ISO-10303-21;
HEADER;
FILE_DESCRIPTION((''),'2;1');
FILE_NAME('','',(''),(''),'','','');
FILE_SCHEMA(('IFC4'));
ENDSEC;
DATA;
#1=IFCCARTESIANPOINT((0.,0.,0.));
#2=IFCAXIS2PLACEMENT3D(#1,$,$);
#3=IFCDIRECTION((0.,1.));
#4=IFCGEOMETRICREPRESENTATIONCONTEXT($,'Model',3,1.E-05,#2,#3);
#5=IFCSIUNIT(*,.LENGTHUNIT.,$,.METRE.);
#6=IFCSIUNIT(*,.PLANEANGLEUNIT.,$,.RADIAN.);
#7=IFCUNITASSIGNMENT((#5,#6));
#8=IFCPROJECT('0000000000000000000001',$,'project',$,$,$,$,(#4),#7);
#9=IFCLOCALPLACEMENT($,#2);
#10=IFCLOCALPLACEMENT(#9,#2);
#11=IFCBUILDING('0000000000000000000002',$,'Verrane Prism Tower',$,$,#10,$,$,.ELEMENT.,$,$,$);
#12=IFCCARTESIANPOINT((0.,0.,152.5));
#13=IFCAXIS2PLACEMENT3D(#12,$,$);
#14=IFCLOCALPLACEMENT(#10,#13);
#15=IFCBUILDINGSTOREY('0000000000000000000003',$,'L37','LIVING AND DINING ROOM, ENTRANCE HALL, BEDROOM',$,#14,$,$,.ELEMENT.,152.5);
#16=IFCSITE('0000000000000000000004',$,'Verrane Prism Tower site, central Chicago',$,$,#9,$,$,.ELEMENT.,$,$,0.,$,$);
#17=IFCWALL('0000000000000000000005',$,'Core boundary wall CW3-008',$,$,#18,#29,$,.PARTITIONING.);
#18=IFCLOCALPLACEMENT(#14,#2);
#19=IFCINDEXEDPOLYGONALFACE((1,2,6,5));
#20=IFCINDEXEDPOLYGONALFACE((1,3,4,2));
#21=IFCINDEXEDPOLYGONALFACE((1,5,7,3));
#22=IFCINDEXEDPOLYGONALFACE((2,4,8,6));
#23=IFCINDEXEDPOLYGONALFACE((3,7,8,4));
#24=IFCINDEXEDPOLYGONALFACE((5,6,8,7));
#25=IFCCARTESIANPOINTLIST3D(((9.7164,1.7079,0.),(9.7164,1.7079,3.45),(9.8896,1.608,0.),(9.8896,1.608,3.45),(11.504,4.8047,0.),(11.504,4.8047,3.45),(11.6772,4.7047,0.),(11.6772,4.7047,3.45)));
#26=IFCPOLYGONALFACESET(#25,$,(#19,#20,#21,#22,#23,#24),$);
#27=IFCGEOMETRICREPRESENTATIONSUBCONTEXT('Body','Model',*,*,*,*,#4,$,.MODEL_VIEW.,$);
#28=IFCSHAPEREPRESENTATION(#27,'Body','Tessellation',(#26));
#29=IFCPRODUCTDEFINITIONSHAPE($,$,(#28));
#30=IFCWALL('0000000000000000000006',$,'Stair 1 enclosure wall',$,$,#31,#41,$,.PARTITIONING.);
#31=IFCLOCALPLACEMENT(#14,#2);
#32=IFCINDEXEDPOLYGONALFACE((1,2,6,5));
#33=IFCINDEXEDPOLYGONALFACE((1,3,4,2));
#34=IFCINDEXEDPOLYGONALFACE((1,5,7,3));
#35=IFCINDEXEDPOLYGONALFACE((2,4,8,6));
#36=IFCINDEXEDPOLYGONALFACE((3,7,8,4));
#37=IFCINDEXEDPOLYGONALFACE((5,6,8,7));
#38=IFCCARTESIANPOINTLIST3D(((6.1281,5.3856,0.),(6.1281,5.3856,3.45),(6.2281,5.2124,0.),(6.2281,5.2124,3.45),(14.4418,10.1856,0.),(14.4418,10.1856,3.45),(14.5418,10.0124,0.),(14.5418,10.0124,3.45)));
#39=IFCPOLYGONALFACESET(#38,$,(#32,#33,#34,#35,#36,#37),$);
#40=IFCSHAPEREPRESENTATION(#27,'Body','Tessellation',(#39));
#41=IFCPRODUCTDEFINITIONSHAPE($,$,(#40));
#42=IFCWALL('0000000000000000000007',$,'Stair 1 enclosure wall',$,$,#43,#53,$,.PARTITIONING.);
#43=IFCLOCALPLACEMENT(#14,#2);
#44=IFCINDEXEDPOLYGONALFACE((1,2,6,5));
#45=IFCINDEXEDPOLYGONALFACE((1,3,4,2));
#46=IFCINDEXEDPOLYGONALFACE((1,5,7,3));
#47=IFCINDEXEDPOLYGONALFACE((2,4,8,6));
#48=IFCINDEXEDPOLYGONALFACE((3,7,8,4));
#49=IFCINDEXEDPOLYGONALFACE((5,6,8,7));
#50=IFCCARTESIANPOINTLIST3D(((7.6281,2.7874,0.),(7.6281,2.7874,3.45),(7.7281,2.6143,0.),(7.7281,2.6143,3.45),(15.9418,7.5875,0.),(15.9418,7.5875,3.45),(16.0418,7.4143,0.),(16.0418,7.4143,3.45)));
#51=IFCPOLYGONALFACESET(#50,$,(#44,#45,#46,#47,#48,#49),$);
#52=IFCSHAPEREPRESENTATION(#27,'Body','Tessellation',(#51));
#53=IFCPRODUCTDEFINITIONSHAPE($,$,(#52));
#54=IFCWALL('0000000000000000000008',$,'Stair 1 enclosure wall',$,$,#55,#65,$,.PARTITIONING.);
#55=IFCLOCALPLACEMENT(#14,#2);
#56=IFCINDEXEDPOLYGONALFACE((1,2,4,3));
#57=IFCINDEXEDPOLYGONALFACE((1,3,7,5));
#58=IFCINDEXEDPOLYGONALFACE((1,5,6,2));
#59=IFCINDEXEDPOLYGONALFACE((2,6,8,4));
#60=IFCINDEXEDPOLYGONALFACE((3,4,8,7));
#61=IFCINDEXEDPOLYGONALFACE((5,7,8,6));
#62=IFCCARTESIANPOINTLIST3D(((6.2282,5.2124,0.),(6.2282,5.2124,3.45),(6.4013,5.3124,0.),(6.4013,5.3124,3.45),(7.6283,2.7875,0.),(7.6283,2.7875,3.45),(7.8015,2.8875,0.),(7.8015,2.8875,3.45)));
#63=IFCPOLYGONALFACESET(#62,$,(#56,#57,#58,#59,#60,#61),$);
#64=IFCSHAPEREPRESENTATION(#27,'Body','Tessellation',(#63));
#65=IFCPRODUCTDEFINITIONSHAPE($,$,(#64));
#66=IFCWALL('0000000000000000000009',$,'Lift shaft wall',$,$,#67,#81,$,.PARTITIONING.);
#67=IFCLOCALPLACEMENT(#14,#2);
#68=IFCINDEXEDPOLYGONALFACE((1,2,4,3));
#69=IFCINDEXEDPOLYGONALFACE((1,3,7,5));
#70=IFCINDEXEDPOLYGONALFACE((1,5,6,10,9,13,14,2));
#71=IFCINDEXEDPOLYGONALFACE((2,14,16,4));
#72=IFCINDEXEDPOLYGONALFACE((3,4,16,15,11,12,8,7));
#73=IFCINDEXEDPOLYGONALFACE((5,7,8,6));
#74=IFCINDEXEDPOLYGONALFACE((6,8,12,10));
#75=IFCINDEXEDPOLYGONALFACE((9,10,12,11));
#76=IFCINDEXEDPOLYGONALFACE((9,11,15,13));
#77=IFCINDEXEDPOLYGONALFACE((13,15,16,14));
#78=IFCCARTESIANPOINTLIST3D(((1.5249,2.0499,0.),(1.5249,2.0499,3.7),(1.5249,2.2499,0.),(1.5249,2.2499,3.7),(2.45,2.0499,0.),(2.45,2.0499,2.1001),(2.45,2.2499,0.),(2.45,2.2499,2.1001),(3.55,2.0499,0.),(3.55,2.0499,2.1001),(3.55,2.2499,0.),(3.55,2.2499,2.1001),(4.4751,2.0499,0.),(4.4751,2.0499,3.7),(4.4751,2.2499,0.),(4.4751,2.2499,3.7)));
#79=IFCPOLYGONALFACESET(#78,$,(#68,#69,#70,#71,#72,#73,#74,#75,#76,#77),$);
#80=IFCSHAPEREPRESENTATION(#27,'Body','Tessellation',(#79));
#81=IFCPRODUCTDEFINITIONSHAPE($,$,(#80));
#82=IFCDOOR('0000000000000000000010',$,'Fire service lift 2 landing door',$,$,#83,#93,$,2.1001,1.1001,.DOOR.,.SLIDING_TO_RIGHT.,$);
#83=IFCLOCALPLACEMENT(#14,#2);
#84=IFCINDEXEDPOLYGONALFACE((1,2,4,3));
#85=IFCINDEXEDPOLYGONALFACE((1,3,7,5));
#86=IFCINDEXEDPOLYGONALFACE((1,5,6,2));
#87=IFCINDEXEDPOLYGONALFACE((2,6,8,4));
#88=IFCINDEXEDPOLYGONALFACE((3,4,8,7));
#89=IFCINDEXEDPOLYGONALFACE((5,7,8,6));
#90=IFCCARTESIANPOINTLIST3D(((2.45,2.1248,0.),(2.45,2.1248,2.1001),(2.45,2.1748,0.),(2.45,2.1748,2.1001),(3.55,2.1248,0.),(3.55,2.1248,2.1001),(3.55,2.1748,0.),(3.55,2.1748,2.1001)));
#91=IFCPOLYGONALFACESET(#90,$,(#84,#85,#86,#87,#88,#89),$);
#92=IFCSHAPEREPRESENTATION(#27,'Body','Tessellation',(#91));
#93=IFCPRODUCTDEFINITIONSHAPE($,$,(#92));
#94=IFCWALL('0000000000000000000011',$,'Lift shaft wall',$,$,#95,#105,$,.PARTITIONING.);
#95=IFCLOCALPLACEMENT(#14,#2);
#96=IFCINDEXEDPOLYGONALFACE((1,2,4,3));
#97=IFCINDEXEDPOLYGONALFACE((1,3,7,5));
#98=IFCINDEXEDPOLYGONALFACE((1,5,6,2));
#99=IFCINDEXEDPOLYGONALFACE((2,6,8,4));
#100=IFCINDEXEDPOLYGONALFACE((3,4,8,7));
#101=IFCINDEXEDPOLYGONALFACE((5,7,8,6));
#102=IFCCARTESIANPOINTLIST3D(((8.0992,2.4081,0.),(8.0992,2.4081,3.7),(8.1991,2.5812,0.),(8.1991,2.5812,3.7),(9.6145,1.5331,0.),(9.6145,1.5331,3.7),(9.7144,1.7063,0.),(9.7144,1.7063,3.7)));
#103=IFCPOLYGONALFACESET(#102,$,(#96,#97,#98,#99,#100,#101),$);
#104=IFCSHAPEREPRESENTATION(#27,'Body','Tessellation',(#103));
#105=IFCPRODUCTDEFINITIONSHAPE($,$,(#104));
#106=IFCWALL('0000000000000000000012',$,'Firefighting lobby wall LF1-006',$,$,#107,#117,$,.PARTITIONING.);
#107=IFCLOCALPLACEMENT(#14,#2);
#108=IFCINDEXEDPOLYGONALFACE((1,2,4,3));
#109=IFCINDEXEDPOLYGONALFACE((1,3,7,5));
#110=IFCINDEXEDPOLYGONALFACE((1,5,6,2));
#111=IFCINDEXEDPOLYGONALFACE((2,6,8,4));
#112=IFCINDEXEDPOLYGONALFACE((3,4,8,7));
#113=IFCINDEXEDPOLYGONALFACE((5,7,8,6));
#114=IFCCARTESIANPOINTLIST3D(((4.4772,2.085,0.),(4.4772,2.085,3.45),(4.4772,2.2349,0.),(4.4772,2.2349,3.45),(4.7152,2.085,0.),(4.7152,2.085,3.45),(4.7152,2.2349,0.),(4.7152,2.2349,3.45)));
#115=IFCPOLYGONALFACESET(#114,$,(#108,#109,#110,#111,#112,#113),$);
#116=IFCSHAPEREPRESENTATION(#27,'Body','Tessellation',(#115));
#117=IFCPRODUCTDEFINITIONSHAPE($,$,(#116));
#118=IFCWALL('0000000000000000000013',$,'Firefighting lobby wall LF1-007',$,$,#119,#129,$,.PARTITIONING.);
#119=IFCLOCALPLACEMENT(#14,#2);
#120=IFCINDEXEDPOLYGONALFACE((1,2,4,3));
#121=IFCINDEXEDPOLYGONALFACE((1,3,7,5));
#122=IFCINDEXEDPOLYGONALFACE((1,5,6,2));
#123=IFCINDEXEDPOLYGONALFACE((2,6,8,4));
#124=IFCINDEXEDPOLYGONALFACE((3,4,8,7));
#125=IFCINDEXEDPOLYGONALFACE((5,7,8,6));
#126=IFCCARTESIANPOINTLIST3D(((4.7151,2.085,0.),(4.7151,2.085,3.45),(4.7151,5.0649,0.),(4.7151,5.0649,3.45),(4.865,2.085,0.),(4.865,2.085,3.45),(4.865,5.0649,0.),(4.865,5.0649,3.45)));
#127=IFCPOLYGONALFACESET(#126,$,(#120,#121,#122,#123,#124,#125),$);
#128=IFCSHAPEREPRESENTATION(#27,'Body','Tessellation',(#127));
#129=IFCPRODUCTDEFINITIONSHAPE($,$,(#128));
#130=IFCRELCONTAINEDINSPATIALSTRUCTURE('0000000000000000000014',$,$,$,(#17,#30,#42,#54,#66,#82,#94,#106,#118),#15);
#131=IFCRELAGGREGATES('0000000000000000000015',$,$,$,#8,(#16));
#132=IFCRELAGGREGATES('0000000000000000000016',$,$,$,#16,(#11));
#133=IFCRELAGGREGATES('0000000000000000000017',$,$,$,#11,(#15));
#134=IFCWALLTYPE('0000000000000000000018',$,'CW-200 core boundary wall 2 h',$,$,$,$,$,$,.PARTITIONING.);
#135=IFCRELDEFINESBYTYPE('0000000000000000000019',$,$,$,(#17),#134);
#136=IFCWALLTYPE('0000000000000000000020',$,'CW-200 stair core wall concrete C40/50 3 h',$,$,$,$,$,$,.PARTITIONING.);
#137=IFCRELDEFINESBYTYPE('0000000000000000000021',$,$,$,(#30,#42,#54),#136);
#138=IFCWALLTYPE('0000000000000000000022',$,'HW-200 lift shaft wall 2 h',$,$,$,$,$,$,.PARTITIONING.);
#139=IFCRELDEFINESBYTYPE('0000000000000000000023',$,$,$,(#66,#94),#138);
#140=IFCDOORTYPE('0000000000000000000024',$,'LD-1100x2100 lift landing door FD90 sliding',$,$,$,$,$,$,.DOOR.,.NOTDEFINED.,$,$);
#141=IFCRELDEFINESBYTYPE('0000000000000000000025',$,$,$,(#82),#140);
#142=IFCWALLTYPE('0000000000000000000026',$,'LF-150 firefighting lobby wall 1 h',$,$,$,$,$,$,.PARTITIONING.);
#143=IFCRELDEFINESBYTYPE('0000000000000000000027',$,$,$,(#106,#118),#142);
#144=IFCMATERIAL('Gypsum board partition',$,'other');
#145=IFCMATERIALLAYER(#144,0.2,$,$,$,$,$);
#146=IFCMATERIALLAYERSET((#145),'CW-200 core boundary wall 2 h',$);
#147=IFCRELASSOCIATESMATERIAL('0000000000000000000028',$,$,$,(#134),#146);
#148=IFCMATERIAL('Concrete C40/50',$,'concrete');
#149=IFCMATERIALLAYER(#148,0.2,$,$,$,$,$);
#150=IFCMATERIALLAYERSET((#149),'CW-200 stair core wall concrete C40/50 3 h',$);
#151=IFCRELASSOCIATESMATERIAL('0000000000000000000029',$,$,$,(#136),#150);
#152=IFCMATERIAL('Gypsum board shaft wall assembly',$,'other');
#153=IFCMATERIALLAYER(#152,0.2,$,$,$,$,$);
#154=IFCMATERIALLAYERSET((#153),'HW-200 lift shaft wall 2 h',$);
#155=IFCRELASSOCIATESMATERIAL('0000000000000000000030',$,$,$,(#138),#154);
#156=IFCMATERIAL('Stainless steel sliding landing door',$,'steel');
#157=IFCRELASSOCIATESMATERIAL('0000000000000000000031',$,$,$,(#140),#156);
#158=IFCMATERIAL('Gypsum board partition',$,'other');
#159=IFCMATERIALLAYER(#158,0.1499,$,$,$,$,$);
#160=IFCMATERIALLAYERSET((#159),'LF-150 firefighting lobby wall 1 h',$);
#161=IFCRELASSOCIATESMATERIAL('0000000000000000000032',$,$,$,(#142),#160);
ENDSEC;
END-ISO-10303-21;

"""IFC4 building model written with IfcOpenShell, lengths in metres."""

from ifc_helpers import new_model, si_unit, direction, frame, frame_2d, origin, place, context, subcontext, project, spatial, rectangle, extrude, material, layer, layer_set, type_object, element, fill, save


model = new_model("IFC4")

# Units and contexts
model_context = context("Model", 3, precision=1e-05, world=origin(), true_north=direction((0.0, 1.0)))
body_context = subcontext(model_context, "Body", "Model", "MODEL_VIEW")
ifc_project = project(units=[si_unit("LENGTHUNIT", "METRE"), si_unit("PLANEANGLEUNIT", "RADIAN")], contexts=[model_context])

# Site, building, storey
site_placement = place(None, origin())
site = spatial("IfcSite", under=ifc_project, at=site_placement, Name="Verrane Prism Tower site, central Chicago", CompositionType="ELEMENT", RefElevation=0.0)
building_placement = place(site_placement, origin())
building = spatial("IfcBuilding", under=site, at=building_placement, Name="Verrane Prism Tower", CompositionType="ELEMENT")
storey_placement = place(building_placement, frame((0.0, 0.0, 152.5)))
storey = spatial("IfcBuildingStorey", under=building, at=storey_placement, Name="L37", Description="LIVING AND DINING ROOM, ENTRANCE HALL, BEDROOM", CompositionType="ELEMENT", Elevation=152.5)

# Walls
ifc_material_1 = material(Name="Gypsum board partition", Category="other")
ifc_layer_1 = layer(ifc_material_1, 0.2)
ifc_layer_set_1 = layer_set([ifc_layer_1], Name="CW-200 core boundary wall 2 h")
wall_type_1 = type_object("IfcWallType", Name="CW-200 core boundary wall 2 h", PredefinedType="PARTITIONING", material=ifc_layer_set_1)
wall_1_placement = place(storey_placement, frame((9.803, 1.658, 0.0), z_axis=(0.0, 0.0, 1.0), x_axis=(0.499943, 0.866058, 0.0)))
element("IfcWall", 1, at=wall_1_placement, inside=storey, type_object=wall_type_1, Name="Core boundary wall CW3-008", PredefinedType="PARTITIONING", context=body_context, shape_type="SweptSolid", body=[
    extrude(rectangle(XDim=3.5757, YDim=0.2, at=frame_2d((1.7878, 0.0))), origin(), (0.0, 0.0, 1.0), 3.45),
])
ifc_material_2 = material(Name="Concrete C40/50", Category="concrete")
ifc_layer_2 = layer(ifc_material_2, 0.2)
ifc_layer_set_2 = layer_set([ifc_layer_2], Name="CW-200 stair core wall concrete C40/50 3 h")
wall_type_2 = type_object("IfcWallType", Name="CW-200 stair core wall concrete C40/50 3 h", PredefinedType="PARTITIONING", material=ifc_layer_set_2)
for number, where, z_axis, x_axis, name in (
    (2, (6.1782, 5.2991, 0.0), (0.0, 0.0, 1.0), (0.86602, 0.500009, 0.0), "Stair 1 enclosure wall"),
    (3, (7.6782, 2.7009, 0.0), (0.0, 0.0, 1.0), (0.86602, 0.500009, 0.0), "Stair 1 enclosure wall"),
):
    element("IfcWall", number, at=place(storey_placement, frame(where, z_axis=z_axis, x_axis=x_axis)), inside=storey, type_object=wall_type_2, Name=name, PredefinedType="PARTITIONING", context=body_context, shape_type="SweptSolid", body=[
        extrude(rectangle(XDim=9.5999, YDim=0.2, at=frame_2d((4.7998, 0.0))), origin(), (0.0, 0.0, 1.0), 3.45),
    ])
wall_2_placement = place(storey_placement, frame((7.7148, 2.8376, 0.0), z_axis=(0.0, 0.0, 1.0), x_axis=(-0.50005, 0.865997, 0.0)))
element("IfcWall", 4, at=wall_2_placement, inside=storey, type_object=wall_type_2, Name="Stair 1 enclosure wall", PredefinedType="PARTITIONING", context=body_context, shape_type="SweptSolid", body=[
    extrude(rectangle(XDim=2.8, YDim=0.2, at=frame_2d((1.3999, 0.0))), origin(), (0.0, 0.0, 1.0), 3.45),
])

# Wall, opening, door
ifc_material_3 = material(Name="Gypsum board shaft wall assembly", Category="other")
ifc_layer_3 = layer(ifc_material_3, 0.2)
ifc_layer_set_3 = layer_set([ifc_layer_3], Name="HW-200 lift shaft wall 2 h")
wall_type_3 = type_object("IfcWallType", Name="HW-200 lift shaft wall 2 h", PredefinedType="PARTITIONING", material=ifc_layer_set_3)
wall_3_placement = place(storey_placement, frame((1.5249, 2.1499, 0.0), z_axis=(0.0, 0.0, 1.0), x_axis=(1.0, 0.0, 0.0)))
wall_3 = element("IfcWall", 5, at=wall_3_placement, inside=storey, type_object=wall_type_3, Name="Lift shaft wall", PredefinedType="PARTITIONING", context=body_context, shape_type="SweptSolid", body=[
    extrude(rectangle(XDim=2.9502, YDim=0.2, at=frame_2d((1.4751, 0.0))), origin(), (0.0, 0.0, 1.0), 3.7),
])
opening_1_placement = place(wall_3_placement, frame((0.925, 0.0, 0.0)))
opening_1 = element("IfcOpeningElement", 6, at=opening_1_placement, cuts=wall_3, PredefinedType="OPENING", context=body_context, shape_type="SweptSolid", body=[
    extrude(rectangle(XDim=1.1001, YDim=2.1001, at=frame_2d((0.55, 1.05))), frame((0.0, 0.1099, 0.0), z_axis=(0.0, -1.0, 0.0), x_axis=(1.0, 0.0, 0.0)), (0.0, 0.0, 1.0), 0.22),
])
ifc_material_4 = material(Name="Stainless steel sliding landing door", Category="steel")
door_type_1 = type_object("IfcDoorType", Name="LD-1100x2100 lift landing door FD90 sliding", OperationType="NOTDEFINED", PredefinedType="DOOR", material=ifc_material_4)
door_1_placement = place(opening_1_placement, origin())
door_1 = element("IfcDoor", 7, at=door_1_placement, inside=storey, type_object=door_type_1, Name="Fire service lift 2 landing door", OperationType="SLIDING_TO_RIGHT", OverallHeight=2.1001, OverallWidth=1.1001, PredefinedType="DOOR", context=body_context, shape_type="SweptSolid", body=[
    extrude(rectangle(XDim=1.1001, YDim=2.1001, at=frame_2d((0.55, 1.05))), frame((0.0, 0.0249, 0.0), z_axis=(0.0, -1.0, 0.0), x_axis=(1.0, 0.0, 0.0)), (0.0, 0.0, 1.0), 0.05),
])
fill(opening_1, door_1)

# Walls
wall_4_placement = place(storey_placement, frame((9.6646, 1.6196, 0.0), z_axis=(0.0, 0.0, 1.0), x_axis=(-0.866002, 0.50004, 0.0)))
element("IfcWall", 8, at=wall_4_placement, inside=storey, type_object=wall_type_3, Name="Lift shaft wall", PredefinedType="PARTITIONING", context=body_context, shape_type="SweptSolid", body=[
    extrude(rectangle(XDim=1.7498, YDim=0.2, at=frame_2d((0.875, 0.0))), origin(), (0.0, 0.0, 1.0), 3.7),
])
ifc_material_5 = material(Name="Gypsum board partition", Category="other")
ifc_layer_4 = layer(ifc_material_5, 0.1499)
ifc_layer_set_4 = layer_set([ifc_layer_4], Name="LF-150 firefighting lobby wall 1 h")
wall_type_4 = type_object("IfcWallType", Name="LF-150 firefighting lobby wall 1 h", PredefinedType="PARTITIONING", material=ifc_layer_set_4)
wall_5_placement = place(storey_placement, frame((4.4771, 2.1599, 0.0), z_axis=(0.0, 0.0, 1.0), x_axis=(1.0, 0.0, 0.0)))
element("IfcWall", 9, at=wall_5_placement, inside=storey, type_object=wall_type_4, Name="Firefighting lobby wall LF1-006", PredefinedType="PARTITIONING", context=body_context, shape_type="SweptSolid", body=[
    extrude(rectangle(XDim=0.238, YDim=0.1499, at=frame_2d((0.1191, 0.0))), origin(), (0.0, 0.0, 1.0), 3.45),
])
wall_6_placement = place(storey_placement, frame((4.79, 2.085, 0.0), z_axis=(0.0, 0.0, 1.0), x_axis=(0.0, 1.0, 0.0)))
element("IfcWall", 10, at=wall_6_placement, inside=storey, type_object=wall_type_4, Name="Firefighting lobby wall LF1-007", PredefinedType="PARTITIONING", context=body_context, shape_type="SweptSolid", body=[
    extrude(rectangle(XDim=2.98, YDim=0.1499, at=frame_2d((1.49, 0.0))), origin(), (0.0, 0.0, 1.0), 3.45),
])

save(model, "model.ifc")
